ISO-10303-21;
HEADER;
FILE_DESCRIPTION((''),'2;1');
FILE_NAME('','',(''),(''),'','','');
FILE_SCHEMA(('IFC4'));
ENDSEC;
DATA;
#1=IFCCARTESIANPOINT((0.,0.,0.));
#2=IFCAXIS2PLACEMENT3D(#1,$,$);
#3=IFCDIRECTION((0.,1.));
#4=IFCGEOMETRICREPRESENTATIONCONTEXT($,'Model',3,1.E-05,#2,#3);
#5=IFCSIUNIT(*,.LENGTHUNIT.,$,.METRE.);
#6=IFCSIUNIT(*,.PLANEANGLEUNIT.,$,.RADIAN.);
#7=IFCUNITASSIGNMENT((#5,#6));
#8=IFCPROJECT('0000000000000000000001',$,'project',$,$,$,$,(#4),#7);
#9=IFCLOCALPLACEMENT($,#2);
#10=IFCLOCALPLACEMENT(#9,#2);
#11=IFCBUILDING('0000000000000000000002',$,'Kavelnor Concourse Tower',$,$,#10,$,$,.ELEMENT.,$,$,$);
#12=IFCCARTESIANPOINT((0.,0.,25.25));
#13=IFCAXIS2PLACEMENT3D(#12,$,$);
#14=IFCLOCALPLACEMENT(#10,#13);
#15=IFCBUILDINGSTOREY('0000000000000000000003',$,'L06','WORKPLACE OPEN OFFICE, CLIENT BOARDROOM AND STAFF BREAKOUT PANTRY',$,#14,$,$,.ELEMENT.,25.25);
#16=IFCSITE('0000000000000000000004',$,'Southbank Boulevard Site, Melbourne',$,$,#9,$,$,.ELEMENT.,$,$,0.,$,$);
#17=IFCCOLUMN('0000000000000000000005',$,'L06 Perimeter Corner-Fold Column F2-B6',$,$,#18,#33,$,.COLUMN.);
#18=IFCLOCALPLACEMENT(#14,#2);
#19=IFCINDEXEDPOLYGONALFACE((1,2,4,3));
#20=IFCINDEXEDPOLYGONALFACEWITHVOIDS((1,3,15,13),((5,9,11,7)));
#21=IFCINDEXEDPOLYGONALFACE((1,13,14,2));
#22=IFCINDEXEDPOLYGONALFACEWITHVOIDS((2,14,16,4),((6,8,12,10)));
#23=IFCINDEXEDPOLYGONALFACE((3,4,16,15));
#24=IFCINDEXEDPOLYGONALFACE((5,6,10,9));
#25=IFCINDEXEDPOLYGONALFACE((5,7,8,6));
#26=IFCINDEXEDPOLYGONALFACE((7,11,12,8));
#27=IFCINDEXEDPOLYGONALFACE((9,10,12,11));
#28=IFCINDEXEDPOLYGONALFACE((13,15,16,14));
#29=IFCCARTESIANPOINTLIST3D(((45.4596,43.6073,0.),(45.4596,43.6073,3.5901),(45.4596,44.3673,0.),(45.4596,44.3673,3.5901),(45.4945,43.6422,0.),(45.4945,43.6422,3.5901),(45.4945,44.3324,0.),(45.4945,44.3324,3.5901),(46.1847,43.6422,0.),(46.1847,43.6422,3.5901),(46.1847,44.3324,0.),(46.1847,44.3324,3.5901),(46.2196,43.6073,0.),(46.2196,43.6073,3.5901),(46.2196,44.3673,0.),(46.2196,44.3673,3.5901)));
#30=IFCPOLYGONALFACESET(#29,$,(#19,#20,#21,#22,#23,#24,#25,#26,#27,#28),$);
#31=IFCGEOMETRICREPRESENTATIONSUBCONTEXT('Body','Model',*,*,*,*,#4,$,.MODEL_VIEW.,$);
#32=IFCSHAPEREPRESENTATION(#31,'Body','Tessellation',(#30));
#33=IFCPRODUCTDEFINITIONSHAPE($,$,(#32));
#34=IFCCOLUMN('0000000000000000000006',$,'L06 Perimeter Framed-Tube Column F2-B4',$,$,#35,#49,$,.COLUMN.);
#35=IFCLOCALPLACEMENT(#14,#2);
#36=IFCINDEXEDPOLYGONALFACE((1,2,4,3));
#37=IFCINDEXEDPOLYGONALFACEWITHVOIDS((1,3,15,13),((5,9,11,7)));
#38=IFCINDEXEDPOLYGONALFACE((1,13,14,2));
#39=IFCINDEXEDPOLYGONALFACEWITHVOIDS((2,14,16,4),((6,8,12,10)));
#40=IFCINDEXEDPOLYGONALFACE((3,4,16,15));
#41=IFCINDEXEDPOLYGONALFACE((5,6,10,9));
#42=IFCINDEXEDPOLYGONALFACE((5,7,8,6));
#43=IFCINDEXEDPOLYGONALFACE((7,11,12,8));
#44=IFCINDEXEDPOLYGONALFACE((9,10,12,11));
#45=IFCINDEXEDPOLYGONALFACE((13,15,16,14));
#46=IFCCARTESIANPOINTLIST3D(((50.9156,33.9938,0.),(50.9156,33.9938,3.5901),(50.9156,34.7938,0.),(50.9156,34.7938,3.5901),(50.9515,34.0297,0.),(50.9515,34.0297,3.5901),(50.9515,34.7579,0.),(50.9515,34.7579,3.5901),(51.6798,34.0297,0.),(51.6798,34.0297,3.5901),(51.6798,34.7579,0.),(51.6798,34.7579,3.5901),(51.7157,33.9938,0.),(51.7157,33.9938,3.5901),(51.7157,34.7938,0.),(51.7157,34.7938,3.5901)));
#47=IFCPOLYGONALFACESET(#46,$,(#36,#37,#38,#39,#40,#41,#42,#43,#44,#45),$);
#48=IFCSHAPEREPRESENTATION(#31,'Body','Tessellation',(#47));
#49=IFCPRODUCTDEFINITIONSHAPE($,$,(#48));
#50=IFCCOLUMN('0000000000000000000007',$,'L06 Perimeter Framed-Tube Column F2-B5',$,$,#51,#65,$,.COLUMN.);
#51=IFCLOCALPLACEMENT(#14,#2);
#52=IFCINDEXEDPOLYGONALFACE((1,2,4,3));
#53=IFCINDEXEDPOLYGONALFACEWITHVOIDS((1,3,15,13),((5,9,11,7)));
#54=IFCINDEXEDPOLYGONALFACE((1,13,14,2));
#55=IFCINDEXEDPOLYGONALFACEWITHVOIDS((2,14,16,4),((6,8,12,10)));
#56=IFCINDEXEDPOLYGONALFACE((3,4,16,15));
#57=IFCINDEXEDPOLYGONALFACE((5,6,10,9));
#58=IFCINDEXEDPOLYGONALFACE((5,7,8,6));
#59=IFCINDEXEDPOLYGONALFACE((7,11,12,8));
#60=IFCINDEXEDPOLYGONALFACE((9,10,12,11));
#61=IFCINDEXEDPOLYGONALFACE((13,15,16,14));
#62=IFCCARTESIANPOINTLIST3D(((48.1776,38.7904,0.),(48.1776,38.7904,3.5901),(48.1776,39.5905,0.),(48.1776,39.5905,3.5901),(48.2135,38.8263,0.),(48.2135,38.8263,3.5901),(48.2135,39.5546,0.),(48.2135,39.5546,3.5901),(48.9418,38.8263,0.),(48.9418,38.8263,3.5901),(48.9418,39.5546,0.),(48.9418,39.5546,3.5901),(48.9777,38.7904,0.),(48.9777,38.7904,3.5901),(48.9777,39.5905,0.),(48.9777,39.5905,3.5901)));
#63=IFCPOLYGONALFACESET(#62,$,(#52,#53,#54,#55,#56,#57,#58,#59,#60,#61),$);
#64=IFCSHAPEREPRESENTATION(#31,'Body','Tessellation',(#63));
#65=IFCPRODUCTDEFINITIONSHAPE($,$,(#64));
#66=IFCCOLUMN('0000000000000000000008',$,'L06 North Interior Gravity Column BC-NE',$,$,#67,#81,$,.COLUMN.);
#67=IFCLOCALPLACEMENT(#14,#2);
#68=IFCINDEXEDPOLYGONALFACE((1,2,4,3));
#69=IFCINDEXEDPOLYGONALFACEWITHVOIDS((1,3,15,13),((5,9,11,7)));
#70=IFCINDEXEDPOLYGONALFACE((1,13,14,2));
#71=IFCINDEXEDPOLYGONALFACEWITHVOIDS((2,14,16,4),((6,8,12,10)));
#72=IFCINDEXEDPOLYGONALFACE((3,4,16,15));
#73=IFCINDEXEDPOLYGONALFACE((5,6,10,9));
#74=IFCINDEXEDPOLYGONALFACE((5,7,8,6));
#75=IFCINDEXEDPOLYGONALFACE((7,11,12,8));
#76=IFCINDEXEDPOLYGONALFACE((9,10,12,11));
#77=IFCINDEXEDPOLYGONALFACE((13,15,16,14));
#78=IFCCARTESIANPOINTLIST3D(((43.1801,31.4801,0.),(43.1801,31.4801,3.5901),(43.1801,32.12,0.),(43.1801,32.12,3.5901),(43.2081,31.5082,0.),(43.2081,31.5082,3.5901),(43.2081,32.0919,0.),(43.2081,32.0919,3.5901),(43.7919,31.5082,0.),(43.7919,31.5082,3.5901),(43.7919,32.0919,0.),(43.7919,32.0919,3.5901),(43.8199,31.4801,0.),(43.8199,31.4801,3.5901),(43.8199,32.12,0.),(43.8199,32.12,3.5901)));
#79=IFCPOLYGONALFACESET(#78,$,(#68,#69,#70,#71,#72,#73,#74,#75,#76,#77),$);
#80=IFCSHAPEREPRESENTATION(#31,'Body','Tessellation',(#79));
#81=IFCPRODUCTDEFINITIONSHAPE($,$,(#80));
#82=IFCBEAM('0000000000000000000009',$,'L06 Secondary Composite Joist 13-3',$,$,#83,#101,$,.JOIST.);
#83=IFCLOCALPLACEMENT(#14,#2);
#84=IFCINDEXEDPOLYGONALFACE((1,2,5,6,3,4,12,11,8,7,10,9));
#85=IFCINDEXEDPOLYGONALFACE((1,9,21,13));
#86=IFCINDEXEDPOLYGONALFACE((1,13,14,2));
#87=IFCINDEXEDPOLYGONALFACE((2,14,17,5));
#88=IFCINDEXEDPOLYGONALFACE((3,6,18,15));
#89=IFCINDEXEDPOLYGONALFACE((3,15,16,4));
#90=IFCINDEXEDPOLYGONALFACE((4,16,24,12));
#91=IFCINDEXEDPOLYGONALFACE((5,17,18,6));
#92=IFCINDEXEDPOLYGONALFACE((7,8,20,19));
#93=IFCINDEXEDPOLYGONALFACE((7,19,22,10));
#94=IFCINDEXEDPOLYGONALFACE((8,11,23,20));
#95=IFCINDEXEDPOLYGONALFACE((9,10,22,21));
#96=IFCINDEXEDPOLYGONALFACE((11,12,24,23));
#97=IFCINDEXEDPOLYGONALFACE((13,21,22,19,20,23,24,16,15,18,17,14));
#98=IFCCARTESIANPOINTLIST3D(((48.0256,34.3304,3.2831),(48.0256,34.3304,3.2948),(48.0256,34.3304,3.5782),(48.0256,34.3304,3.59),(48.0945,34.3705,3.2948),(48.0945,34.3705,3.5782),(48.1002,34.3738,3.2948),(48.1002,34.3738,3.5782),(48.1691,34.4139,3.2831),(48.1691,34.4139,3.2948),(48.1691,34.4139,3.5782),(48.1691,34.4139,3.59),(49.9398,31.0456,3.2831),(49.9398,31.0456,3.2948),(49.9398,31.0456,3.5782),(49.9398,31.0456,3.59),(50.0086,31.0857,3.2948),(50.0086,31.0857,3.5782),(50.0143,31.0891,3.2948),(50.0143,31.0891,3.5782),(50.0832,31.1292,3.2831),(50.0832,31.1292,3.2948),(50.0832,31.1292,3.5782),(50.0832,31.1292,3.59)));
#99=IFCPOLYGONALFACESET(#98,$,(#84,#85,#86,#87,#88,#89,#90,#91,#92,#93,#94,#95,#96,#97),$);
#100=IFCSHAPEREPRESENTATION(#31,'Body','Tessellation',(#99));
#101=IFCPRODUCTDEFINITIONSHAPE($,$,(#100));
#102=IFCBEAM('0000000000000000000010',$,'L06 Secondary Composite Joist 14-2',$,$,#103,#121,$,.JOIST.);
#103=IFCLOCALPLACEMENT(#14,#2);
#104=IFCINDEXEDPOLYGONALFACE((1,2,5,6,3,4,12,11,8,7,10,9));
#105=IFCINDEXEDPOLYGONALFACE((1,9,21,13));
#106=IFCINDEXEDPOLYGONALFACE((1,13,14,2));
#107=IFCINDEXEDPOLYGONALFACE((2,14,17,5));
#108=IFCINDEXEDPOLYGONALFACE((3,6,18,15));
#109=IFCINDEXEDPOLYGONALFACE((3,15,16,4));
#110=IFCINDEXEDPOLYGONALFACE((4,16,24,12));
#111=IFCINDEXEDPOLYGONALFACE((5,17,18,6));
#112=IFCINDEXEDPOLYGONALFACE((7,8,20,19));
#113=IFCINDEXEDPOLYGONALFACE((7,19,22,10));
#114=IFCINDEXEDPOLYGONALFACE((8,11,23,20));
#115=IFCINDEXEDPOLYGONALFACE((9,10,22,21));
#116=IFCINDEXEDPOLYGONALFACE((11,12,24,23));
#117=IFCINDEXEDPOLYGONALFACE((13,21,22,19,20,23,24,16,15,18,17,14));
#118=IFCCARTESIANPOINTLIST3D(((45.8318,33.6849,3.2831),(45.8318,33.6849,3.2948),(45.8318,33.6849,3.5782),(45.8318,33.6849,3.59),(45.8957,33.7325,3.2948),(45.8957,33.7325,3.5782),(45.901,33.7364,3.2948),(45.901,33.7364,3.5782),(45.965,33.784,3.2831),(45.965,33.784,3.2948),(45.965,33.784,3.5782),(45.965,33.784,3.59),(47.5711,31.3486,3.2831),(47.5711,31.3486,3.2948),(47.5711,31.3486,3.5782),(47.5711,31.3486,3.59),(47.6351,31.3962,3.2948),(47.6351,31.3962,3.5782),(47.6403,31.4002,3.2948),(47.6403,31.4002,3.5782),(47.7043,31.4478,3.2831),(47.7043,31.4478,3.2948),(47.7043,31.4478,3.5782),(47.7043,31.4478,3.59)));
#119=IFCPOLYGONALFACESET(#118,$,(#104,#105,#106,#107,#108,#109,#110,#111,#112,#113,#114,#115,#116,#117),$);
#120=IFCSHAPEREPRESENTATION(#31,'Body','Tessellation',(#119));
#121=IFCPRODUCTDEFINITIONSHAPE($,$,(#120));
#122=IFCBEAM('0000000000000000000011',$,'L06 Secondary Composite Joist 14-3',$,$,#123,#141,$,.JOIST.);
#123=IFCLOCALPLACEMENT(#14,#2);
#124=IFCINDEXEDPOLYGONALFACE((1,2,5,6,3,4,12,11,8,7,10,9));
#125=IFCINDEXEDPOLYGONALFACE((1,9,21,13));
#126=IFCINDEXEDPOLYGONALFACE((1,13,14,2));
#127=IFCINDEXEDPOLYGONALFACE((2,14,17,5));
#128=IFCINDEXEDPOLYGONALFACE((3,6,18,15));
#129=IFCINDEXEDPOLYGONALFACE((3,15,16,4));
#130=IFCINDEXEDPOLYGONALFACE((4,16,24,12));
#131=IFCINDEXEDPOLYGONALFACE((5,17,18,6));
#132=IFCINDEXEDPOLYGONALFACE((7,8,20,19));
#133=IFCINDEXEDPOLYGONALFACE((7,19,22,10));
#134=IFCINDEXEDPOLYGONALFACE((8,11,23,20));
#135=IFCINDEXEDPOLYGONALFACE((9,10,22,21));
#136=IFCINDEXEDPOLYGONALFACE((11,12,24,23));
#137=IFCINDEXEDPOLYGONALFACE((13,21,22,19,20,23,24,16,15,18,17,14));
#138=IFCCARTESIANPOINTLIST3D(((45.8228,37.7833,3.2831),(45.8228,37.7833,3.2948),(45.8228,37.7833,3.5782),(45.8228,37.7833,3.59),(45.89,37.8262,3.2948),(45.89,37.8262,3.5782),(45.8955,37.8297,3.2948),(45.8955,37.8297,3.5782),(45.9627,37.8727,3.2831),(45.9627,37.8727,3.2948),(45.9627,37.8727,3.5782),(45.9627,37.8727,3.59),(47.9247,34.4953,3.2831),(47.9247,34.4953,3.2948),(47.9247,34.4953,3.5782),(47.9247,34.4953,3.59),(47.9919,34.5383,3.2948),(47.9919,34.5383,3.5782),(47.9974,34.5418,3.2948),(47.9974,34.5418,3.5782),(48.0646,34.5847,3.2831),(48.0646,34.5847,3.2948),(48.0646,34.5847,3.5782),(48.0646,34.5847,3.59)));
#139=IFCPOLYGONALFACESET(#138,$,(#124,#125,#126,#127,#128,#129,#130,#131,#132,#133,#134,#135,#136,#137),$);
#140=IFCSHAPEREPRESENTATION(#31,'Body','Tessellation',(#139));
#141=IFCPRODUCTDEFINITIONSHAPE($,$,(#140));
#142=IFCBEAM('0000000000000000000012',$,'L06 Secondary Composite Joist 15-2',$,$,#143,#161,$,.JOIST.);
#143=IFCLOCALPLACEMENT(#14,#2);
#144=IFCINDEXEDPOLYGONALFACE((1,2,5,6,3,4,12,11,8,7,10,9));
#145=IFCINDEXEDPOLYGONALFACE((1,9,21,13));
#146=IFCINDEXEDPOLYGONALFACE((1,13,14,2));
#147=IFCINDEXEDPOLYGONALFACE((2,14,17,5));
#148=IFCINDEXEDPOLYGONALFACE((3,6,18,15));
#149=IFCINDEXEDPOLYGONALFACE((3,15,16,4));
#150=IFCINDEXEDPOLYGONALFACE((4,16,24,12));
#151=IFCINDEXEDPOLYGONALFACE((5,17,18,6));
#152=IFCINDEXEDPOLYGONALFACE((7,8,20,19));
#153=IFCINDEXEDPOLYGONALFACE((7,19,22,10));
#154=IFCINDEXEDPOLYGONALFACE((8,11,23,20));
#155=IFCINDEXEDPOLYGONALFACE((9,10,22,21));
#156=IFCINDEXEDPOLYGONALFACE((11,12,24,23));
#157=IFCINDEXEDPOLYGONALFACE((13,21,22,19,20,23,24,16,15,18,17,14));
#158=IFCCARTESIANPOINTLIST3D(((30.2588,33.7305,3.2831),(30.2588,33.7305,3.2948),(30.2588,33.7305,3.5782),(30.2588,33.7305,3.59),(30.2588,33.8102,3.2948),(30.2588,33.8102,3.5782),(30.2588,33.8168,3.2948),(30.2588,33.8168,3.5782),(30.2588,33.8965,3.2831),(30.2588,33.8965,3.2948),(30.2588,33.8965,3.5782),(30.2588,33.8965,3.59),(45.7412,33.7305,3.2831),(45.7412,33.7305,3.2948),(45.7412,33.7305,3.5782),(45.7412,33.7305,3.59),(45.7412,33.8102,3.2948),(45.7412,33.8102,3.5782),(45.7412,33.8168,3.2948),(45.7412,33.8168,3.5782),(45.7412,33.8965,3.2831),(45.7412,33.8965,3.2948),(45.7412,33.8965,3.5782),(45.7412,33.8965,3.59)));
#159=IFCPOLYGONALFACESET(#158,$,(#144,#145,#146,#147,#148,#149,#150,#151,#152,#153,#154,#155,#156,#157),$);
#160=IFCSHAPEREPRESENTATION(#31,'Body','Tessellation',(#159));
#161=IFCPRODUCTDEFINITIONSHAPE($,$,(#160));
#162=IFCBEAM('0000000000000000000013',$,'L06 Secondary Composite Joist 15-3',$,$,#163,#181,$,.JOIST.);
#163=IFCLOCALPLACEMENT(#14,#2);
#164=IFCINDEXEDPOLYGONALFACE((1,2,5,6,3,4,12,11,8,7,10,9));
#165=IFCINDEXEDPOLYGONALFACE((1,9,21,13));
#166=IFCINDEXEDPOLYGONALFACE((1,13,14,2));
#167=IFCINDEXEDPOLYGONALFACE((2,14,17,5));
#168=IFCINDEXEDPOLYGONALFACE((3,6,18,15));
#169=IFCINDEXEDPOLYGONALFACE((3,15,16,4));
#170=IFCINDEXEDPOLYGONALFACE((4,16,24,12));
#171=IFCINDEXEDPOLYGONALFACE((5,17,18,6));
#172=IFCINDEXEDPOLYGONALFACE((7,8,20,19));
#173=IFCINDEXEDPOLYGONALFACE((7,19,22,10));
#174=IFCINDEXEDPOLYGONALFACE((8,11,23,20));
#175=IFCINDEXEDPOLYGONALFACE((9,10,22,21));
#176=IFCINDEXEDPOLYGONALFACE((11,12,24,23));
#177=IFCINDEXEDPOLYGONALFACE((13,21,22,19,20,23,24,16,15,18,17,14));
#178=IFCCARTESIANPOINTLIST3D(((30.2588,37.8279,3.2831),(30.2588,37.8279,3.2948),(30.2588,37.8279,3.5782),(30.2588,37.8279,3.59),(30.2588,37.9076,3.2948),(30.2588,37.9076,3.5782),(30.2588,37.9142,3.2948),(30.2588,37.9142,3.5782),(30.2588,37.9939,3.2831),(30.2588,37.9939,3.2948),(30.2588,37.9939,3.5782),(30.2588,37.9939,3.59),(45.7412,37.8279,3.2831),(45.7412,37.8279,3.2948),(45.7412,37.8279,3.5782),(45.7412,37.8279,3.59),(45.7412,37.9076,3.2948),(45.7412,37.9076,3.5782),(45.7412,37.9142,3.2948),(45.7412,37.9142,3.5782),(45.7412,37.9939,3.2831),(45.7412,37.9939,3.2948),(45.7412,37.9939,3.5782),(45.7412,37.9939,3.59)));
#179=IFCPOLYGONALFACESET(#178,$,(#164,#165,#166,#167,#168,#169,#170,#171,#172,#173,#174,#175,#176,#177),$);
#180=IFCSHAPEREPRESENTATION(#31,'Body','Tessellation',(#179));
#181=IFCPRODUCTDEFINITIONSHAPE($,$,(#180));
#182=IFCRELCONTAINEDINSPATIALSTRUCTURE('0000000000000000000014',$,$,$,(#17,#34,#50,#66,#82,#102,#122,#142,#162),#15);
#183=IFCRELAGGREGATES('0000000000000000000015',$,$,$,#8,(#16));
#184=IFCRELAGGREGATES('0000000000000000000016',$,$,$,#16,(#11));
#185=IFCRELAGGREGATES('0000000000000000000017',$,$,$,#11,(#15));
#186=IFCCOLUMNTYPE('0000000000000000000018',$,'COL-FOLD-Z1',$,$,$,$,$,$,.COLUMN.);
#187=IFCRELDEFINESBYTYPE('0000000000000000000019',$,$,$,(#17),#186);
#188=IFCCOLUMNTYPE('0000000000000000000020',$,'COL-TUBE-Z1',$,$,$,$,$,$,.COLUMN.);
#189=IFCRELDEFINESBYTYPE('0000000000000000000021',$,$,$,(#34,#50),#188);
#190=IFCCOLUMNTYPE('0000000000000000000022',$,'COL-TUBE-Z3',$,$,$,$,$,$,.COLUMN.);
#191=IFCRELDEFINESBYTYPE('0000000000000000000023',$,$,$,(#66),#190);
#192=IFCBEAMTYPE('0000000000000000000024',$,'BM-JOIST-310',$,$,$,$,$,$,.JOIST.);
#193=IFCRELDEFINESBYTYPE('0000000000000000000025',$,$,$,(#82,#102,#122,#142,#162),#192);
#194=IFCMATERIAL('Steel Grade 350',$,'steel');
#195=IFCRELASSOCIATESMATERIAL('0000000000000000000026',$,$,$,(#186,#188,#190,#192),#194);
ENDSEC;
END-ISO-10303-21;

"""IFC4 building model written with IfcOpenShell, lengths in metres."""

from ifc_helpers import new_model, si_unit, direction, frame, origin, origin_2d, place, context, subcontext, project, spatial, hollow_rectangle, i_section, extrude, material, material_profile, profile_set, type_object, element, save


model = new_model("IFC4")

# Units and contexts
model_context = context("Model", 3, precision=1e-05, world=origin(), true_north=direction((0.0, 1.0)))
body_context = subcontext(model_context, "Body", "Model", "MODEL_VIEW")
ifc_project = project(units=[si_unit("LENGTHUNIT", "METRE"), si_unit("PLANEANGLEUNIT", "RADIAN")], contexts=[model_context])

# Site, building, storey
site_placement = place(None, origin())
site = spatial("IfcSite", under=ifc_project, at=site_placement, Name="Southbank Boulevard Site, Melbourne", CompositionType="ELEMENT", RefElevation=0.0)
building_placement = place(site_placement, origin())
building = spatial("IfcBuilding", under=site, at=building_placement, Name="Kavelnor Concourse Tower", CompositionType="ELEMENT")
storey_placement = place(building_placement, frame((0.0, 0.0, 25.25)))
storey = spatial("IfcBuildingStorey", under=building, at=storey_placement, Name="L06", Description="WORKPLACE OPEN OFFICE, CLIENT BOARDROOM AND STAFF BREAKOUT PANTRY", CompositionType="ELEMENT", Elevation=25.25)

# Columns
ifc_material_1 = material(Name="Steel Grade 350", Category="steel")
ifc_material_profile_1 = material_profile(ifc_material_1, hollow_rectangle(XDim=0.76, YDim=0.76, WallThickness=0.0349, at=origin_2d()), Name="SHS 760x760x35")
ifc_profile_set_1 = profile_set([ifc_material_profile_1], Name="Steel Grade 350")
column_type_1 = type_object("IfcColumnType", Name="COL-FOLD-Z1", PredefinedType="COLUMN", material=ifc_profile_set_1)
column_1_placement = place(storey_placement, frame((45.8396, 43.9873, 0.0), z_axis=(0.0, 0.0, 1.0), x_axis=(1.0, 0.0, 0.0)))
element("IfcColumn", 1, at=column_1_placement, inside=storey, type_object=column_type_1, Name="L06 Perimeter Corner-Fold Column F2-B6", PredefinedType="COLUMN", context=body_context, shape_type="SweptSolid", body=[
    extrude(hollow_rectangle(XDim=0.76, YDim=0.76, WallThickness=0.0349, at=origin_2d()), origin(), (0.0, 0.0, 1.0), 3.5901),
])
ifc_material_profile_2 = material_profile(ifc_material_1, hollow_rectangle(XDim=0.8, YDim=0.8, WallThickness=0.0359, at=origin_2d()), Name="SHS 800x800x36")
ifc_profile_set_2 = profile_set([ifc_material_profile_2], Name="Steel Grade 350")
column_type_2 = type_object("IfcColumnType", Name="COL-TUBE-Z1", PredefinedType="COLUMN", material=ifc_profile_set_2)
for number, where, z_axis, x_axis, name in (
    (2, (51.3157, 34.3938, 0.0), (0.0, 0.0, 1.0), (1.0, 0.0, 0.0), "L06 Perimeter Framed-Tube Column F2-B4"),
    (3, (48.5776, 39.1904, 0.0), (0.0, 0.0, 1.0), (1.0, 0.0, 0.0), "L06 Perimeter Framed-Tube Column F2-B5"),
):
    element("IfcColumn", number, at=place(storey_placement, frame(where, z_axis=z_axis, x_axis=x_axis)), inside=storey, type_object=column_type_2, Name=name, PredefinedType="COLUMN", context=body_context, shape_type="SweptSolid", body=[
        extrude(hollow_rectangle(XDim=0.8, YDim=0.8, WallThickness=0.0359, at=origin_2d()), origin(), (0.0, 0.0, 1.0), 3.5901),
    ])
ifc_material_profile_3 = material_profile(ifc_material_1, hollow_rectangle(XDim=0.6399, YDim=0.6399, WallThickness=0.0281, at=origin_2d()), Name="SHS 640x640x28")
ifc_profile_set_3 = profile_set([ifc_material_profile_3], Name="Steel Grade 350")
column_type_3 = type_object("IfcColumnType", Name="COL-TUBE-Z3", PredefinedType="COLUMN", material=ifc_profile_set_3)
column_2_placement = place(storey_placement, frame((43.5, 31.8, 0.0), z_axis=(0.0, 0.0, 1.0), x_axis=(1.0, 0.0, 0.0)))
element("IfcColumn", 4, at=column_2_placement, inside=storey, type_object=column_type_3, Name="L06 North Interior Gravity Column BC-NE", PredefinedType="COLUMN", context=body_context, shape_type="SweptSolid", body=[
    extrude(hollow_rectangle(XDim=0.6399, YDim=0.6399, WallThickness=0.0281, at=origin_2d()), origin(), (0.0, 0.0, 1.0), 3.5901),
])

# Beams
ifc_material_profile_4 = material_profile(ifc_material_1, i_section(OverallWidth=0.166, OverallDepth=0.3069, WebThickness=0.0066, FlangeThickness=0.0117, at=origin_2d()), Name="310UB46")
ifc_profile_set_4 = profile_set([ifc_material_profile_4], Name="Steel Grade 350")
beam_type_1 = type_object("IfcBeamType", Name="BM-JOIST-310", PredefinedType="JOIST", material=ifc_profile_set_4)
beam_1_placement = place(storey_placement, frame((50.0115, 31.0874, 3.4365), z_axis=(-0.50348, 0.864007, 0.0), x_axis=(-0.864007, -0.50348, 0.0)))
element("IfcBeam", 5, at=beam_1_placement, inside=storey, type_object=beam_type_1, Name="L06 Secondary Composite Joist 13-3", PredefinedType="JOIST", context=body_context, shape_type="SweptSolid", body=[
    extrude(i_section(OverallWidth=0.166, OverallDepth=0.3069, WebThickness=0.0066, FlangeThickness=0.0117, at=origin_2d()), origin(), (0.0, 0.0, 1.0), 3.8018),
])
beam_2_placement = place(storey_placement, frame((47.6377, 31.3982, 3.4365), z_axis=(-0.597166, 0.802117, 0.0), x_axis=(-0.802117, -0.597166, 0.0)))
element("IfcBeam", 6, at=beam_2_placement, inside=storey, type_object=beam_type_1, Name="L06 Secondary Composite Joist 14-2", PredefinedType="JOIST", context=body_context, shape_type="SweptSolid", body=[
    extrude(i_section(OverallWidth=0.166, OverallDepth=0.3069, WebThickness=0.0066, FlangeThickness=0.0117, at=origin_2d()), origin(), (0.0, 0.0, 1.0), 2.9126),
])
beam_3_placement = place(storey_placement, frame((47.9946, 34.54, 3.4365), z_axis=(-0.538615, 0.842552, 0.0), x_axis=(-0.842552, -0.538615, 0.0)))
element("IfcBeam", 7, at=beam_3_placement, inside=storey, type_object=beam_type_1, Name="L06 Secondary Composite Joist 14-3", PredefinedType="JOIST", context=body_context, shape_type="SweptSolid", body=[
    extrude(i_section(OverallWidth=0.166, OverallDepth=0.3069, WebThickness=0.0066, FlangeThickness=0.0117, at=origin_2d()), origin(), (0.0, 0.0, 1.0), 3.9023),
])
for number, where, z_axis, x_axis, name in (
    (8, (45.7412, 33.8135, 3.4365), (-1.0, 0.0, 0.0), (0.0, -1.0, 0.0), "L06 Secondary Composite Joist 15-2"),
    (9, (45.7412, 37.9109, 3.4365), (-1.0, 0.0, 0.0), (0.0, -1.0, 0.0), "L06 Secondary Composite Joist 15-3"),
):
    element("IfcBeam", number, at=place(storey_placement, frame(where, z_axis=z_axis, x_axis=x_axis)), inside=storey, type_object=beam_type_1, Name=name, PredefinedType="JOIST", context=body_context, shape_type="SweptSolid", body=[
        extrude(i_section(OverallWidth=0.166, OverallDepth=0.3069, WebThickness=0.0066, FlangeThickness=0.0117, at=origin_2d()), origin(), (0.0, 0.0, 1.0), 15.4824),
    ])

save(model, "model.ifc")
